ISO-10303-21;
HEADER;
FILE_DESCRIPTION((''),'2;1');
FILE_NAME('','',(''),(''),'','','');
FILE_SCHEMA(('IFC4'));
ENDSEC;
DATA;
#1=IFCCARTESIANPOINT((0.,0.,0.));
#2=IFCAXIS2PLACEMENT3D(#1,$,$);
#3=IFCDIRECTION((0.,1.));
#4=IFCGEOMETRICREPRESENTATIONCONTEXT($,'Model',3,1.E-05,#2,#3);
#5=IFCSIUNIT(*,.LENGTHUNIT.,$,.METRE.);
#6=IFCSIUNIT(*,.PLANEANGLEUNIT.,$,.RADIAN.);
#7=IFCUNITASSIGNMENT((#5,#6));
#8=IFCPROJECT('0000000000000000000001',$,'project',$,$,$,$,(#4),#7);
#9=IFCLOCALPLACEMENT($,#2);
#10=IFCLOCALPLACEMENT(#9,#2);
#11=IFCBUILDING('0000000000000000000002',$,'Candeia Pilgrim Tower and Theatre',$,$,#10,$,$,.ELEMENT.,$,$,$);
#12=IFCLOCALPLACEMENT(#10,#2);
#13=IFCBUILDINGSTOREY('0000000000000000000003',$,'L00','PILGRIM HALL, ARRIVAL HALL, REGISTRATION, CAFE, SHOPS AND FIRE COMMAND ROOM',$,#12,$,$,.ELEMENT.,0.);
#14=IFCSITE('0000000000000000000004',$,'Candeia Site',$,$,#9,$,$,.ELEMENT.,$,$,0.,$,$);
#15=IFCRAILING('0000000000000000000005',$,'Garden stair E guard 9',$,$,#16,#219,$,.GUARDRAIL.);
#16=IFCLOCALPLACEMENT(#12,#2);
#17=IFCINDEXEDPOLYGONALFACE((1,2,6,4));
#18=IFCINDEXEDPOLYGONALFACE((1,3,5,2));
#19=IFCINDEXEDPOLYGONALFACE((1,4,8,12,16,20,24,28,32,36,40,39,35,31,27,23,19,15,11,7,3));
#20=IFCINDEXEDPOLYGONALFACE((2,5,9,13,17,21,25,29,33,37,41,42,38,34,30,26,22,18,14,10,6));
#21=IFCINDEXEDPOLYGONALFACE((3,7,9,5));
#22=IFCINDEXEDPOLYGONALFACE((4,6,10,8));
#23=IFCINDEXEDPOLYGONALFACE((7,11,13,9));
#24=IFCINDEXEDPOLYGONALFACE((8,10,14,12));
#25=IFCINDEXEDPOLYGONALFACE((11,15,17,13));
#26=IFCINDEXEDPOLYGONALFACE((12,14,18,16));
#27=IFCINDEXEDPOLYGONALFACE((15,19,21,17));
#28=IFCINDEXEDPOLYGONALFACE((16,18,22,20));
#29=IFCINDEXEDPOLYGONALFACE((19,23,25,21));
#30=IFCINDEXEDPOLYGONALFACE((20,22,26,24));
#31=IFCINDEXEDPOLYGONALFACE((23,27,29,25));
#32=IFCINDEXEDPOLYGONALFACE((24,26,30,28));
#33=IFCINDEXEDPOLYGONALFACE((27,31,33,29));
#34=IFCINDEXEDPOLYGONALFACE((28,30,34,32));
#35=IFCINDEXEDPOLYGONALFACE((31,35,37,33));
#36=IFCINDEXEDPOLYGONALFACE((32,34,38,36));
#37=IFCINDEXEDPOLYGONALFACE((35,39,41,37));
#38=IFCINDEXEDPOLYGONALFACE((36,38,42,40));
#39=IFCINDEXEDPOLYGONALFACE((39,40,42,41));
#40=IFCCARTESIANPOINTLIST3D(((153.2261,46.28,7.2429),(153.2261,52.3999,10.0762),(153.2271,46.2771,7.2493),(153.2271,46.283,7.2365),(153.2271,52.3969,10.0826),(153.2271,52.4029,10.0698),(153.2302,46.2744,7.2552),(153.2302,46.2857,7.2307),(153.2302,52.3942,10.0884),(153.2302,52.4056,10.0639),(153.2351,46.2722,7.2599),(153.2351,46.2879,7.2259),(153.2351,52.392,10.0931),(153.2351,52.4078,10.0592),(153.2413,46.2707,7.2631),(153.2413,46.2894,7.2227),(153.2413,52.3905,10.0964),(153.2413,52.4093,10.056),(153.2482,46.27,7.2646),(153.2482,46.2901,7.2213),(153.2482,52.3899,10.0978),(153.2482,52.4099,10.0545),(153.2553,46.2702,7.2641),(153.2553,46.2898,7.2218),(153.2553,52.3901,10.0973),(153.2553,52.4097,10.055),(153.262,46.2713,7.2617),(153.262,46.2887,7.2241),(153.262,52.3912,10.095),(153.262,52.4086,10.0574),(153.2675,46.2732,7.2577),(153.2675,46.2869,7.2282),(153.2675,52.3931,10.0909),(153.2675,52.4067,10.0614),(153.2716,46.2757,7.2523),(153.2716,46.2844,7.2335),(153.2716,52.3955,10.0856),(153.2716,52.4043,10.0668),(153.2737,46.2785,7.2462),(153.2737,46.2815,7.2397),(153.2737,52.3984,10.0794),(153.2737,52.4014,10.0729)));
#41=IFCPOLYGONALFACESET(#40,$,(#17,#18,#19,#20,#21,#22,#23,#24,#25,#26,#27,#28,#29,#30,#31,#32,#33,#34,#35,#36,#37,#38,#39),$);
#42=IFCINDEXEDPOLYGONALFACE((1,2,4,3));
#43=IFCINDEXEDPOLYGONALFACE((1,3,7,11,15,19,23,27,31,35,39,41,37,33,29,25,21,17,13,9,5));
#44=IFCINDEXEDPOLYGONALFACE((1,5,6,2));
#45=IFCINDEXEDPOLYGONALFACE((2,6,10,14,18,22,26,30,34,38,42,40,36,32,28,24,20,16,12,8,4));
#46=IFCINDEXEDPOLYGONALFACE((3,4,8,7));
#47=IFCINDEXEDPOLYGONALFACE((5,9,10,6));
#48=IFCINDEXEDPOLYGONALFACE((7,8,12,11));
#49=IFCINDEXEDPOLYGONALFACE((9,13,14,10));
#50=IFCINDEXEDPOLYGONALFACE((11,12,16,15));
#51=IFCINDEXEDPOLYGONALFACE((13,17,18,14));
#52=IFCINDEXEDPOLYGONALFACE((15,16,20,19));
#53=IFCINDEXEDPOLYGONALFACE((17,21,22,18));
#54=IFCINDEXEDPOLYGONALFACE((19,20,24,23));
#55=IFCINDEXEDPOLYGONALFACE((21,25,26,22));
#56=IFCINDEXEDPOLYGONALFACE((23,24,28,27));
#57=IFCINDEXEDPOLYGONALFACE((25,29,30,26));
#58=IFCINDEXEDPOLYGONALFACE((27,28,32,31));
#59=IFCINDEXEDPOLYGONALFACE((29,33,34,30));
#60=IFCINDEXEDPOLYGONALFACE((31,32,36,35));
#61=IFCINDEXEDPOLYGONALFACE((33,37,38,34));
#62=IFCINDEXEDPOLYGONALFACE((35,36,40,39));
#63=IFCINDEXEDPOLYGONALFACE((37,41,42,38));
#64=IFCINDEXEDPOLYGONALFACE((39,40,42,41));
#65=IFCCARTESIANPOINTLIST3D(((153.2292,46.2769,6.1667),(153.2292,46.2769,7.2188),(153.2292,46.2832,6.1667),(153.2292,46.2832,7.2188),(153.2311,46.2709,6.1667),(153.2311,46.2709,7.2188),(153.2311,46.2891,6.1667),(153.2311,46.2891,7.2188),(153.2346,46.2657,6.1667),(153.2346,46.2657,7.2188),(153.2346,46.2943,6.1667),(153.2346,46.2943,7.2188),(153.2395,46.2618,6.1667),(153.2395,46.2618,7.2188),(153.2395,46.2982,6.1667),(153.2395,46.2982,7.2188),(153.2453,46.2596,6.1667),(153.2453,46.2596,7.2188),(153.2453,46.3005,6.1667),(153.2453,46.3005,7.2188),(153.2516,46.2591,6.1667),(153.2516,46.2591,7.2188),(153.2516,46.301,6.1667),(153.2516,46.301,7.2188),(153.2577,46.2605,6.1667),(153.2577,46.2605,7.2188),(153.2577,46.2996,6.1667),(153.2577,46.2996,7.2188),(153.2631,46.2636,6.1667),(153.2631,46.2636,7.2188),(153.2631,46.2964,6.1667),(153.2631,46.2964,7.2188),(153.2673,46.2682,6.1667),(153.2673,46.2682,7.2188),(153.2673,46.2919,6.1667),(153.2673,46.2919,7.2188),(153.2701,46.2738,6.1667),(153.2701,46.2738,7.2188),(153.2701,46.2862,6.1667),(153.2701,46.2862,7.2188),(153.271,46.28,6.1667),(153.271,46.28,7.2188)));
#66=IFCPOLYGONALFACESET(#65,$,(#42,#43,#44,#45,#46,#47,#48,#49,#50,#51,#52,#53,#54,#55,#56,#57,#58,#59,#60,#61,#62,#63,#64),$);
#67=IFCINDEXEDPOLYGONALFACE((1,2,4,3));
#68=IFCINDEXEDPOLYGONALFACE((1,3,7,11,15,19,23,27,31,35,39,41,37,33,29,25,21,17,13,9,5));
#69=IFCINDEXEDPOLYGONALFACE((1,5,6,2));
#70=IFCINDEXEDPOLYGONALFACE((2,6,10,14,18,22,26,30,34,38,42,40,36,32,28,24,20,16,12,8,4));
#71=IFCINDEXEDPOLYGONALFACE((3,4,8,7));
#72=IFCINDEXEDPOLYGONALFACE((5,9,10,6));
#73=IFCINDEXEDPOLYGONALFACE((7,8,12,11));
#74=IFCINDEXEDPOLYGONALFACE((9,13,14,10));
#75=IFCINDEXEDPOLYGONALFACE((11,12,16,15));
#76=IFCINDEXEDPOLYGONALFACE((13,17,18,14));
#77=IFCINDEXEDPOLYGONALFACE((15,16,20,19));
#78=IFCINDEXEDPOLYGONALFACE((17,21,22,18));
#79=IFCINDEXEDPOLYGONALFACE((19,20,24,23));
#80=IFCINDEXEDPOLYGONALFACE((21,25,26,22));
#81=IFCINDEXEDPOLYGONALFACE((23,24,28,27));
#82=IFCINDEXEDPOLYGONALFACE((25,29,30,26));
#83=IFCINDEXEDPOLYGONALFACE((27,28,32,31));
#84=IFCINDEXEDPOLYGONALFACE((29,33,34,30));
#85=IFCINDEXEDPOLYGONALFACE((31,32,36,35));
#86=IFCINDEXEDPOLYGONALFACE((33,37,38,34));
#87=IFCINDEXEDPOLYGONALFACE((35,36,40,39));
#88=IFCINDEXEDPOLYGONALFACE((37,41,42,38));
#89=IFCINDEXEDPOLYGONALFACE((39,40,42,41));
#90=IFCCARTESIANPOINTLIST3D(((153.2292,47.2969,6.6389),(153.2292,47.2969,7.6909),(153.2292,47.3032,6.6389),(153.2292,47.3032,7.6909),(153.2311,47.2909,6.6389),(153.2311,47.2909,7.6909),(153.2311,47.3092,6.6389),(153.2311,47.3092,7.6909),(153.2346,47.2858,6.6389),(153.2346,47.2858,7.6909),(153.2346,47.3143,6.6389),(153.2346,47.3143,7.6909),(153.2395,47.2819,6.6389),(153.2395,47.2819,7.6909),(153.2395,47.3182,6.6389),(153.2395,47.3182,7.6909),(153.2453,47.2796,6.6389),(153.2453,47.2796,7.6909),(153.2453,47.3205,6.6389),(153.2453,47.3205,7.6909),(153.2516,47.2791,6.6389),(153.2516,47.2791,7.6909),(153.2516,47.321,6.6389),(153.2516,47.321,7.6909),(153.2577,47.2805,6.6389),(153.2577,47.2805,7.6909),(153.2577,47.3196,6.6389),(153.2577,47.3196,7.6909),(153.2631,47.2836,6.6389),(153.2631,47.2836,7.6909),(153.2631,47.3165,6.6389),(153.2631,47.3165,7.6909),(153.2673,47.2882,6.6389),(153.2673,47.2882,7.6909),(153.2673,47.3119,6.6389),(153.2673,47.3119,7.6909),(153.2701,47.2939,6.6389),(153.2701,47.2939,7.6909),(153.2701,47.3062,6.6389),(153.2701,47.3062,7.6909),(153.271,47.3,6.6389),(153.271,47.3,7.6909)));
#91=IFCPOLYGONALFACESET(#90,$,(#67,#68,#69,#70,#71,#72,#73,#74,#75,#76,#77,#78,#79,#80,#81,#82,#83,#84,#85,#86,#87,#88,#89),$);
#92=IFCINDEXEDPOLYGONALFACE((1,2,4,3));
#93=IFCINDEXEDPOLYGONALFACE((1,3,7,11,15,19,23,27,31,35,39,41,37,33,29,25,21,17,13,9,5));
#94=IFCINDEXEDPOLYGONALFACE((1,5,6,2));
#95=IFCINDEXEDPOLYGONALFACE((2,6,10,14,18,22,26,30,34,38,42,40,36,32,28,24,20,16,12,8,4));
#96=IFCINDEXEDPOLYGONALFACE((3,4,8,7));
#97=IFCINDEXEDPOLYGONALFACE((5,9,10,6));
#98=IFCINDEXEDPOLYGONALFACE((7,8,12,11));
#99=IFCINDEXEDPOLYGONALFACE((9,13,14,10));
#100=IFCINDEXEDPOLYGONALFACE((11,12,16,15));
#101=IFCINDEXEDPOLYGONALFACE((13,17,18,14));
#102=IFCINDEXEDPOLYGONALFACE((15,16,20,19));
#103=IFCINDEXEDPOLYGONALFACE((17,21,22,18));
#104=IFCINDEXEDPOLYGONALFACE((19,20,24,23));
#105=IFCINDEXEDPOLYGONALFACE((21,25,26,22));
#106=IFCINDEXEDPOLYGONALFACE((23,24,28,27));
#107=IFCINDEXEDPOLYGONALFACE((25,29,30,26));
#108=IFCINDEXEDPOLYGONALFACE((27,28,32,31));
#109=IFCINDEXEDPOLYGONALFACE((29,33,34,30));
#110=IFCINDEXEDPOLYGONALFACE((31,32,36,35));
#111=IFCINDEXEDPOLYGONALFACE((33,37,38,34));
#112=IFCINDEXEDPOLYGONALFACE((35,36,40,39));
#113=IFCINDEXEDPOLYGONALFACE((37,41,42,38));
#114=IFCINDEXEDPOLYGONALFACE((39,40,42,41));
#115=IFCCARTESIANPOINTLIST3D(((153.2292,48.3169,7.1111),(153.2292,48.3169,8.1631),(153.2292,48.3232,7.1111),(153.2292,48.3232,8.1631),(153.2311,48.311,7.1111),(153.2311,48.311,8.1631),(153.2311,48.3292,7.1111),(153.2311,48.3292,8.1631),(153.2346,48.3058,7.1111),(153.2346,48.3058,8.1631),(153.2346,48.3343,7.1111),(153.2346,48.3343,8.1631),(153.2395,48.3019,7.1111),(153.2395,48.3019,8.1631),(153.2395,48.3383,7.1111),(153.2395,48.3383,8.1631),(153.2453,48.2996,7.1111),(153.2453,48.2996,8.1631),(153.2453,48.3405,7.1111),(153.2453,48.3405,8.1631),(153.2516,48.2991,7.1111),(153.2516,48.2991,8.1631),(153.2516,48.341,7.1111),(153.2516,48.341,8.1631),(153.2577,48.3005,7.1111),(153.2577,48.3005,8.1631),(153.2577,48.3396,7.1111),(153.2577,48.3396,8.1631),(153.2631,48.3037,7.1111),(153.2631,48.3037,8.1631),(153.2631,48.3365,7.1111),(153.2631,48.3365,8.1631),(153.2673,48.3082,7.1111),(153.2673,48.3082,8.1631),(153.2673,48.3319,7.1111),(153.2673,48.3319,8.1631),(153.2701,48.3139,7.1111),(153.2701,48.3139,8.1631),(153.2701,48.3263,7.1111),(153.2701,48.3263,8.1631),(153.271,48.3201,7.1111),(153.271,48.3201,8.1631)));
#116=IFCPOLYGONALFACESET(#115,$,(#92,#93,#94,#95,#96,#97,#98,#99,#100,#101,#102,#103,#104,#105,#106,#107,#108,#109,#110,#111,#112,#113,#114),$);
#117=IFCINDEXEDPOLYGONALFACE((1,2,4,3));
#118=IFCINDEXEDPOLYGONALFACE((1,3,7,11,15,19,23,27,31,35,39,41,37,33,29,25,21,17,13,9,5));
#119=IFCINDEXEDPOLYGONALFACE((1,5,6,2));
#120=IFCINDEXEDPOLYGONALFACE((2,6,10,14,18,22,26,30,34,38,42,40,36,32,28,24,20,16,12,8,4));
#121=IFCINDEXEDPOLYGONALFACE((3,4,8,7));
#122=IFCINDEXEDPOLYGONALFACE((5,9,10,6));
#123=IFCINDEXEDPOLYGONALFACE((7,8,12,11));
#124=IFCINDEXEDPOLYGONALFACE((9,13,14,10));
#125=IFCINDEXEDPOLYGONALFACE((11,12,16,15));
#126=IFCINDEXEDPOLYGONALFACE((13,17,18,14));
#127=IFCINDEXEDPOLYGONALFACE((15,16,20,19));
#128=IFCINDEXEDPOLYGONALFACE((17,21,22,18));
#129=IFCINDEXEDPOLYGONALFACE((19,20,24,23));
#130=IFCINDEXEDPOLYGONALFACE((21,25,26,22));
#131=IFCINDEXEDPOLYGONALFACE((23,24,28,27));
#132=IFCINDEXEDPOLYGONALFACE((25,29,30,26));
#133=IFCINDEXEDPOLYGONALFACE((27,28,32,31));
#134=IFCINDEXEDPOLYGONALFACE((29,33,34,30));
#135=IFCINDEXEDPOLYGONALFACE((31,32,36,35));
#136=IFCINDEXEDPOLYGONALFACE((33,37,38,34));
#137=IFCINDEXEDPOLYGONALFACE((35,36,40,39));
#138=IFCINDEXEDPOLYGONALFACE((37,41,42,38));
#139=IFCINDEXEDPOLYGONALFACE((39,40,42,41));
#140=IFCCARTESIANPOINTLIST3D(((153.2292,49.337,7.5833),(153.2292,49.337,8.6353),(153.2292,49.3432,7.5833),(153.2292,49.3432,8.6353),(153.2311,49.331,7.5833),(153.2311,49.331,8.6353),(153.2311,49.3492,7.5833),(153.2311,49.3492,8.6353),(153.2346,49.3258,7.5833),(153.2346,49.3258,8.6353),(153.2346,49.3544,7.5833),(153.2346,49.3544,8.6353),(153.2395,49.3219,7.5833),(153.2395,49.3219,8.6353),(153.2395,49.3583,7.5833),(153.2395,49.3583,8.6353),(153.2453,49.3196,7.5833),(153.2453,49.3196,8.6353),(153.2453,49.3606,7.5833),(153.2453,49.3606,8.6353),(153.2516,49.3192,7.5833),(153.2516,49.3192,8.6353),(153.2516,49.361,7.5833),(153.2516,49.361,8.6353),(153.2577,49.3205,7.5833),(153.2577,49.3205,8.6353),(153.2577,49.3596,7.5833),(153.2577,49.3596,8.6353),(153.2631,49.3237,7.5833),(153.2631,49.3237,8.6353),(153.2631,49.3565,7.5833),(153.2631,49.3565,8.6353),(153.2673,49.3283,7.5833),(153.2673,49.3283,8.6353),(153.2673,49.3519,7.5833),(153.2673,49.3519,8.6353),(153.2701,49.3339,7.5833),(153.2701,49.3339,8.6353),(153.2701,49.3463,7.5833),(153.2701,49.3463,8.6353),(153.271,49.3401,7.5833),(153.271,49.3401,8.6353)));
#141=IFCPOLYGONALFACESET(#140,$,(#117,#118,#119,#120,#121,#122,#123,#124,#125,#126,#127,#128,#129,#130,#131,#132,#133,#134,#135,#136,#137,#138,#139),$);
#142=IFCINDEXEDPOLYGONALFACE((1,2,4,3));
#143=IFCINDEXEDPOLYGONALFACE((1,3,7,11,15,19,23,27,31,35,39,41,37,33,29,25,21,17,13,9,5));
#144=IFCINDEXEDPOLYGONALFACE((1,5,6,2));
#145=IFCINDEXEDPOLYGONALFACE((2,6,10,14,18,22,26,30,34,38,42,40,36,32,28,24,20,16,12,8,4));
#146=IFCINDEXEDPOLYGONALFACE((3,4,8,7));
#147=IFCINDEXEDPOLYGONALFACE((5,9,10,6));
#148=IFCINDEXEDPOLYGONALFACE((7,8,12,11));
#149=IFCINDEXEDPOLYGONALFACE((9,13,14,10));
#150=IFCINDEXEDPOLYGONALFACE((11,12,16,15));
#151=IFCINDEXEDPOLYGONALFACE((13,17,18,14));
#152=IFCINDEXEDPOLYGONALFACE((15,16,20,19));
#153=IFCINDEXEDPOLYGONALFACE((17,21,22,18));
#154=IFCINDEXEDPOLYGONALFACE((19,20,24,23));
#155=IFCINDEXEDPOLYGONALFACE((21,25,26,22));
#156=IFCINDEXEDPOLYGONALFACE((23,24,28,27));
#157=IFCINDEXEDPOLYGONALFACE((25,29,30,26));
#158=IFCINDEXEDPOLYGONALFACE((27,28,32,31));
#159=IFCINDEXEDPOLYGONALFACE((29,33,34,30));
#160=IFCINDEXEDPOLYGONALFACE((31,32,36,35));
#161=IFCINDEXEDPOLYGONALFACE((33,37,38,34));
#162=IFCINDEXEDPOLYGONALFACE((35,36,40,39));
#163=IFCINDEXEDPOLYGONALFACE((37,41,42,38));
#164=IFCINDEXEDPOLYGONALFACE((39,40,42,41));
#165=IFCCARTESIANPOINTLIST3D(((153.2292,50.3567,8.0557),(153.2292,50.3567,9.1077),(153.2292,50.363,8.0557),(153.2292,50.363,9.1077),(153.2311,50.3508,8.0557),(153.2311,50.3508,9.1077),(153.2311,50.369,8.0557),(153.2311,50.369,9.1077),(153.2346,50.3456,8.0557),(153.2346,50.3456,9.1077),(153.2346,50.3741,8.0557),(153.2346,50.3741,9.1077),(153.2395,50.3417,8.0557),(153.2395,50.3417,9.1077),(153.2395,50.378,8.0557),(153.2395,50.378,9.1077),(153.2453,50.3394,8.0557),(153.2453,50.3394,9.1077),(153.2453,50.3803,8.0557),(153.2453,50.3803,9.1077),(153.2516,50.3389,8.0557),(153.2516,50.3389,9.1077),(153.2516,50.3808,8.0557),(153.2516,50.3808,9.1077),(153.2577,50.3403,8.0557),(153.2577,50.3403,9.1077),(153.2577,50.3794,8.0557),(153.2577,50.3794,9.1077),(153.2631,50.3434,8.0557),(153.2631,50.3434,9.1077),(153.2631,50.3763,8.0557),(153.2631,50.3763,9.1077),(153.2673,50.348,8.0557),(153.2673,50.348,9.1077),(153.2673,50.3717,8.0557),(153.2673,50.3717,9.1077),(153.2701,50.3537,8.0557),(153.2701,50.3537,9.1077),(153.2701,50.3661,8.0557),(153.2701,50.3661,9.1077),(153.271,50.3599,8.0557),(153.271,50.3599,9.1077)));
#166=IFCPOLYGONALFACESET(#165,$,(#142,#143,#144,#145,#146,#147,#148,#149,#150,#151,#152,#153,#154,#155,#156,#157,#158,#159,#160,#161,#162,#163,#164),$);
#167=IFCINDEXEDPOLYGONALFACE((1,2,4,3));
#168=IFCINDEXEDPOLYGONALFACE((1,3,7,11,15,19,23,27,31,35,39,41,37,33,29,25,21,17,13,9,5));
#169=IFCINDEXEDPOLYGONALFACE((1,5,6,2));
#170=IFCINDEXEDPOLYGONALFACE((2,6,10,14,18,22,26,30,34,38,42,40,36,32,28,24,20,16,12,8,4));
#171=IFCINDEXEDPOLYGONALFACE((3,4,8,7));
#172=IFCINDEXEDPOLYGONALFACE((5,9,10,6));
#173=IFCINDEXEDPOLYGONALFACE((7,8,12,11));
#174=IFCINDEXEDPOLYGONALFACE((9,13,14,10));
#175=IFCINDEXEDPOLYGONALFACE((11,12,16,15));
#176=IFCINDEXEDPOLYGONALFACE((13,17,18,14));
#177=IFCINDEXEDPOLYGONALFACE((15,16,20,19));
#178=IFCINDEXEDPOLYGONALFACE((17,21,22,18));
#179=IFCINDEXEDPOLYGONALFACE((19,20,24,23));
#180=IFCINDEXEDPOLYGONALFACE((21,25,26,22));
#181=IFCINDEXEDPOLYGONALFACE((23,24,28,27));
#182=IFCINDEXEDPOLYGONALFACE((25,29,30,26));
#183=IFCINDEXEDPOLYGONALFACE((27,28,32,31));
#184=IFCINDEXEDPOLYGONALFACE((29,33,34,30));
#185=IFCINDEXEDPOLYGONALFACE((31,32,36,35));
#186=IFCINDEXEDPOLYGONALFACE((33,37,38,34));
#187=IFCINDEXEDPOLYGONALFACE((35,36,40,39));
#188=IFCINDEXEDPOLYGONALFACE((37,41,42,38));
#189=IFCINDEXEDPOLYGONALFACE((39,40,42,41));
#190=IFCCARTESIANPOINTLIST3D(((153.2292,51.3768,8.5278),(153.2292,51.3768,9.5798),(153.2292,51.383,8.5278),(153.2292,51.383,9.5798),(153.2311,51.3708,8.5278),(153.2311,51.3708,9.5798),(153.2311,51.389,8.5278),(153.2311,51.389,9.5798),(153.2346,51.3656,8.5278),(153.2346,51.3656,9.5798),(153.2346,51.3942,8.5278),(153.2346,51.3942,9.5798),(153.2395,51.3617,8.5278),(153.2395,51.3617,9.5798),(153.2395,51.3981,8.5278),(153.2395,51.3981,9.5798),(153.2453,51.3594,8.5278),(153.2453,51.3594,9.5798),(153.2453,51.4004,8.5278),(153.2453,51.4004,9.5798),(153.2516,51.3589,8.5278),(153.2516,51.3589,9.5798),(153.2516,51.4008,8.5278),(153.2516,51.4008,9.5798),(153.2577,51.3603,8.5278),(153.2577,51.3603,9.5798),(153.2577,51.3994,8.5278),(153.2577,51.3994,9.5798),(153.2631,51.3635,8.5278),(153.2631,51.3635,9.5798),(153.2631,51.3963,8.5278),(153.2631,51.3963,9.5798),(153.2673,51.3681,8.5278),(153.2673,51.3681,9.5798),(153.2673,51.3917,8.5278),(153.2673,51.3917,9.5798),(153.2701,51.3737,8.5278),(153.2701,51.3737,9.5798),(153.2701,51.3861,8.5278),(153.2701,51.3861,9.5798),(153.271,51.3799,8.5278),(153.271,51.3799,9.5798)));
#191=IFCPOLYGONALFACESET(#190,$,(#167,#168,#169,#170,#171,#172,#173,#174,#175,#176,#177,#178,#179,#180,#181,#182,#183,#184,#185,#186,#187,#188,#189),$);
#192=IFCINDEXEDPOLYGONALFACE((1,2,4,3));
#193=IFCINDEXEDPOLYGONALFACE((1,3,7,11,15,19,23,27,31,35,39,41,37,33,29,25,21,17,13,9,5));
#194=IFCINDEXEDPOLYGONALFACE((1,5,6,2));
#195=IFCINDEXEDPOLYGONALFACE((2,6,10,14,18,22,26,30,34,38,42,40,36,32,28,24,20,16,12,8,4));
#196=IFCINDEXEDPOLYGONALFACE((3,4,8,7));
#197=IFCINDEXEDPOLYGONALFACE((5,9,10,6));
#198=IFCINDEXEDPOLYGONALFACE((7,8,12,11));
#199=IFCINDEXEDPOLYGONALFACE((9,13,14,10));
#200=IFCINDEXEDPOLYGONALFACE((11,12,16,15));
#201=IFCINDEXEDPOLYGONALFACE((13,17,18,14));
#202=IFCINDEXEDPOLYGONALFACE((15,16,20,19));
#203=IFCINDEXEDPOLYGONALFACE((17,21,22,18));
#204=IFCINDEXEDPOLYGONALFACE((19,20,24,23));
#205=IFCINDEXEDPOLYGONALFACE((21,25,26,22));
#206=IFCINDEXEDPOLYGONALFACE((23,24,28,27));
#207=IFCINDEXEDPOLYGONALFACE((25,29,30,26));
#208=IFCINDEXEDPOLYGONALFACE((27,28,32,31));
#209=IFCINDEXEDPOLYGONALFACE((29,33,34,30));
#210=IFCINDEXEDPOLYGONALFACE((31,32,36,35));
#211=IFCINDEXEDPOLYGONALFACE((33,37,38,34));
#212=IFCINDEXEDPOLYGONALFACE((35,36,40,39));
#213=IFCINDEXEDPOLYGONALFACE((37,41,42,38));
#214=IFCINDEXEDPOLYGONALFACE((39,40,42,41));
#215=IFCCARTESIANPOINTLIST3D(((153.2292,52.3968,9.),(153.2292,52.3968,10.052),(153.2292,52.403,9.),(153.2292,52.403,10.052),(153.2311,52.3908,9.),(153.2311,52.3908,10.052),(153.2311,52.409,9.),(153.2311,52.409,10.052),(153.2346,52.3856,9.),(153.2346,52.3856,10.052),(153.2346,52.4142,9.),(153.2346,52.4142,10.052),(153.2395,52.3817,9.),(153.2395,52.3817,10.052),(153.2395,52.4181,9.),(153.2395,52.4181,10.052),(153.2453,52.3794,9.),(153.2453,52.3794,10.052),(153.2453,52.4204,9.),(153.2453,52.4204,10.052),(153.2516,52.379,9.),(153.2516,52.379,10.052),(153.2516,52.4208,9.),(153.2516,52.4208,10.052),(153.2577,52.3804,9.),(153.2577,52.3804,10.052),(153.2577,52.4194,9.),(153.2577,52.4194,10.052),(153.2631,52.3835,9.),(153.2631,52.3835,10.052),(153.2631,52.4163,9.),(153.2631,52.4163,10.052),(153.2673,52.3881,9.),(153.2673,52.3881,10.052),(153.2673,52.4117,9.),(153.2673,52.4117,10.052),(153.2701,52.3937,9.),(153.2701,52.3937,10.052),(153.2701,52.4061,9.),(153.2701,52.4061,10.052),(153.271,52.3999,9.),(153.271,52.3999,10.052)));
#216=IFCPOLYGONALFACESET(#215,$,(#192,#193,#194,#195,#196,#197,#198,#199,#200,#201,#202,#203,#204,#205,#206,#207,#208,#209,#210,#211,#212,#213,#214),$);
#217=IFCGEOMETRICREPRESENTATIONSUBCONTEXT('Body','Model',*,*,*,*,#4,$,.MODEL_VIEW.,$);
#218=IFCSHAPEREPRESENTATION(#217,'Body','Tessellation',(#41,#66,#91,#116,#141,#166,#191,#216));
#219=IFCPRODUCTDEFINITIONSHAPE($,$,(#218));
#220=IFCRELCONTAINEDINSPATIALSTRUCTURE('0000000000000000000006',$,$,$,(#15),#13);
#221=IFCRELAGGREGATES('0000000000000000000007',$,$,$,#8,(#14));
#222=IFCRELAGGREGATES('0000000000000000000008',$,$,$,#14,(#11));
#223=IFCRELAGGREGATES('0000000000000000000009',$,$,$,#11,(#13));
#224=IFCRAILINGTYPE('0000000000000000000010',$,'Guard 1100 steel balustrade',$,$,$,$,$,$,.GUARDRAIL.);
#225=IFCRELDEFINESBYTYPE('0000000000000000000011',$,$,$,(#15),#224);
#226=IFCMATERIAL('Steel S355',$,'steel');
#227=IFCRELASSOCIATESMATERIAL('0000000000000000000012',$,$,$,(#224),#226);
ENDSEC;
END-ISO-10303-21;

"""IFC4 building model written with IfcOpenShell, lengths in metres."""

from ifc_helpers import new_model, si_unit, direction, frame, origin, origin_2d, place, context, subcontext, project, spatial, circle, extrude, material, type_object, element, save


model = new_model("IFC4")

# Units and contexts
model_context = context("Model", 3, precision=1e-05, world=origin(), true_north=direction((0.0, 1.0)))
body_context = subcontext(model_context, "Body", "Model", "MODEL_VIEW")
ifc_project = project(units=[si_unit("LENGTHUNIT", "METRE"), si_unit("PLANEANGLEUNIT", "RADIAN")], contexts=[model_context])

# Site, building, storey
site_placement = place(None, origin())
site = spatial("IfcSite", under=ifc_project, at=site_placement, Name="Candeia Site", CompositionType="ELEMENT", RefElevation=0.0)
building_placement = place(site_placement, origin())
building = spatial("IfcBuilding", under=site, at=building_placement, Name="Candeia Pilgrim Tower and Theatre", CompositionType="ELEMENT")
storey_placement = place(building_placement, origin())
storey = spatial("IfcBuildingStorey", under=building, at=storey_placement, Name="L00", Description="PILGRIM HALL, ARRIVAL HALL, REGISTRATION, CAFE, SHOPS AND FIRE COMMAND ROOM", CompositionType="ELEMENT", Elevation=0.0)

# Railing
ifc_material_1 = material(Name="Steel S355", Category="steel")
railing_type_1 = type_object("IfcRailingType", Name="Guard 1100 steel balustrade", PredefinedType="GUARDRAIL", material=ifc_material_1)
for number, where, name in (
    (1, (153.25, 46.28, 6.1667), "Garden stair E guard 9"),
):
    element("IfcRailing", number, at=place(storey_placement, frame(where)), inside=storey, type_object=railing_type_1, Name=name, PredefinedType="GUARDRAIL", context=body_context, shape_type="SweptSolid", body=[
        extrude(circle(Radius=0.0239, at=origin_2d()), frame((0.0, 0.0, 1.0762), z_axis=(0.0, 0.907468, 0.420121), x_axis=(-1.0, 0.0, 0.0)), (0.0, 0.0, 1.0), 6.7439),
        extrude(circle(Radius=0.021, at=origin_2d()), origin(), (0.0, 0.0, 1.0), 1.052),
        extrude(circle(Radius=0.021, at=origin_2d()), frame((0.0, 1.02, 0.4722)), (0.0, 0.0, 1.0), 1.052),
        extrude(circle(Radius=0.021, at=origin_2d()), frame((0.0, 2.04, 0.9443)), (0.0, 0.0, 1.0), 1.052),
        extrude(circle(Radius=0.021, at=origin_2d()), frame((0.0, 3.0601, 1.4165)), (0.0, 0.0, 1.0), 1.052),
        extrude(circle(Radius=0.021, at=origin_2d()), frame((0.0, 4.0798, 1.8889)), (0.0, 0.0, 1.0), 1.052),
        extrude(circle(Radius=0.021, at=origin_2d()), frame((0.0, 5.0999, 2.3611)), (0.0, 0.0, 1.0), 1.052),
        extrude(circle(Radius=0.021, at=origin_2d()), frame((0.0, 6.1199, 2.8333)), (0.0, 0.0, 1.0), 1.052),
    ])

save(model, "model.ifc")
